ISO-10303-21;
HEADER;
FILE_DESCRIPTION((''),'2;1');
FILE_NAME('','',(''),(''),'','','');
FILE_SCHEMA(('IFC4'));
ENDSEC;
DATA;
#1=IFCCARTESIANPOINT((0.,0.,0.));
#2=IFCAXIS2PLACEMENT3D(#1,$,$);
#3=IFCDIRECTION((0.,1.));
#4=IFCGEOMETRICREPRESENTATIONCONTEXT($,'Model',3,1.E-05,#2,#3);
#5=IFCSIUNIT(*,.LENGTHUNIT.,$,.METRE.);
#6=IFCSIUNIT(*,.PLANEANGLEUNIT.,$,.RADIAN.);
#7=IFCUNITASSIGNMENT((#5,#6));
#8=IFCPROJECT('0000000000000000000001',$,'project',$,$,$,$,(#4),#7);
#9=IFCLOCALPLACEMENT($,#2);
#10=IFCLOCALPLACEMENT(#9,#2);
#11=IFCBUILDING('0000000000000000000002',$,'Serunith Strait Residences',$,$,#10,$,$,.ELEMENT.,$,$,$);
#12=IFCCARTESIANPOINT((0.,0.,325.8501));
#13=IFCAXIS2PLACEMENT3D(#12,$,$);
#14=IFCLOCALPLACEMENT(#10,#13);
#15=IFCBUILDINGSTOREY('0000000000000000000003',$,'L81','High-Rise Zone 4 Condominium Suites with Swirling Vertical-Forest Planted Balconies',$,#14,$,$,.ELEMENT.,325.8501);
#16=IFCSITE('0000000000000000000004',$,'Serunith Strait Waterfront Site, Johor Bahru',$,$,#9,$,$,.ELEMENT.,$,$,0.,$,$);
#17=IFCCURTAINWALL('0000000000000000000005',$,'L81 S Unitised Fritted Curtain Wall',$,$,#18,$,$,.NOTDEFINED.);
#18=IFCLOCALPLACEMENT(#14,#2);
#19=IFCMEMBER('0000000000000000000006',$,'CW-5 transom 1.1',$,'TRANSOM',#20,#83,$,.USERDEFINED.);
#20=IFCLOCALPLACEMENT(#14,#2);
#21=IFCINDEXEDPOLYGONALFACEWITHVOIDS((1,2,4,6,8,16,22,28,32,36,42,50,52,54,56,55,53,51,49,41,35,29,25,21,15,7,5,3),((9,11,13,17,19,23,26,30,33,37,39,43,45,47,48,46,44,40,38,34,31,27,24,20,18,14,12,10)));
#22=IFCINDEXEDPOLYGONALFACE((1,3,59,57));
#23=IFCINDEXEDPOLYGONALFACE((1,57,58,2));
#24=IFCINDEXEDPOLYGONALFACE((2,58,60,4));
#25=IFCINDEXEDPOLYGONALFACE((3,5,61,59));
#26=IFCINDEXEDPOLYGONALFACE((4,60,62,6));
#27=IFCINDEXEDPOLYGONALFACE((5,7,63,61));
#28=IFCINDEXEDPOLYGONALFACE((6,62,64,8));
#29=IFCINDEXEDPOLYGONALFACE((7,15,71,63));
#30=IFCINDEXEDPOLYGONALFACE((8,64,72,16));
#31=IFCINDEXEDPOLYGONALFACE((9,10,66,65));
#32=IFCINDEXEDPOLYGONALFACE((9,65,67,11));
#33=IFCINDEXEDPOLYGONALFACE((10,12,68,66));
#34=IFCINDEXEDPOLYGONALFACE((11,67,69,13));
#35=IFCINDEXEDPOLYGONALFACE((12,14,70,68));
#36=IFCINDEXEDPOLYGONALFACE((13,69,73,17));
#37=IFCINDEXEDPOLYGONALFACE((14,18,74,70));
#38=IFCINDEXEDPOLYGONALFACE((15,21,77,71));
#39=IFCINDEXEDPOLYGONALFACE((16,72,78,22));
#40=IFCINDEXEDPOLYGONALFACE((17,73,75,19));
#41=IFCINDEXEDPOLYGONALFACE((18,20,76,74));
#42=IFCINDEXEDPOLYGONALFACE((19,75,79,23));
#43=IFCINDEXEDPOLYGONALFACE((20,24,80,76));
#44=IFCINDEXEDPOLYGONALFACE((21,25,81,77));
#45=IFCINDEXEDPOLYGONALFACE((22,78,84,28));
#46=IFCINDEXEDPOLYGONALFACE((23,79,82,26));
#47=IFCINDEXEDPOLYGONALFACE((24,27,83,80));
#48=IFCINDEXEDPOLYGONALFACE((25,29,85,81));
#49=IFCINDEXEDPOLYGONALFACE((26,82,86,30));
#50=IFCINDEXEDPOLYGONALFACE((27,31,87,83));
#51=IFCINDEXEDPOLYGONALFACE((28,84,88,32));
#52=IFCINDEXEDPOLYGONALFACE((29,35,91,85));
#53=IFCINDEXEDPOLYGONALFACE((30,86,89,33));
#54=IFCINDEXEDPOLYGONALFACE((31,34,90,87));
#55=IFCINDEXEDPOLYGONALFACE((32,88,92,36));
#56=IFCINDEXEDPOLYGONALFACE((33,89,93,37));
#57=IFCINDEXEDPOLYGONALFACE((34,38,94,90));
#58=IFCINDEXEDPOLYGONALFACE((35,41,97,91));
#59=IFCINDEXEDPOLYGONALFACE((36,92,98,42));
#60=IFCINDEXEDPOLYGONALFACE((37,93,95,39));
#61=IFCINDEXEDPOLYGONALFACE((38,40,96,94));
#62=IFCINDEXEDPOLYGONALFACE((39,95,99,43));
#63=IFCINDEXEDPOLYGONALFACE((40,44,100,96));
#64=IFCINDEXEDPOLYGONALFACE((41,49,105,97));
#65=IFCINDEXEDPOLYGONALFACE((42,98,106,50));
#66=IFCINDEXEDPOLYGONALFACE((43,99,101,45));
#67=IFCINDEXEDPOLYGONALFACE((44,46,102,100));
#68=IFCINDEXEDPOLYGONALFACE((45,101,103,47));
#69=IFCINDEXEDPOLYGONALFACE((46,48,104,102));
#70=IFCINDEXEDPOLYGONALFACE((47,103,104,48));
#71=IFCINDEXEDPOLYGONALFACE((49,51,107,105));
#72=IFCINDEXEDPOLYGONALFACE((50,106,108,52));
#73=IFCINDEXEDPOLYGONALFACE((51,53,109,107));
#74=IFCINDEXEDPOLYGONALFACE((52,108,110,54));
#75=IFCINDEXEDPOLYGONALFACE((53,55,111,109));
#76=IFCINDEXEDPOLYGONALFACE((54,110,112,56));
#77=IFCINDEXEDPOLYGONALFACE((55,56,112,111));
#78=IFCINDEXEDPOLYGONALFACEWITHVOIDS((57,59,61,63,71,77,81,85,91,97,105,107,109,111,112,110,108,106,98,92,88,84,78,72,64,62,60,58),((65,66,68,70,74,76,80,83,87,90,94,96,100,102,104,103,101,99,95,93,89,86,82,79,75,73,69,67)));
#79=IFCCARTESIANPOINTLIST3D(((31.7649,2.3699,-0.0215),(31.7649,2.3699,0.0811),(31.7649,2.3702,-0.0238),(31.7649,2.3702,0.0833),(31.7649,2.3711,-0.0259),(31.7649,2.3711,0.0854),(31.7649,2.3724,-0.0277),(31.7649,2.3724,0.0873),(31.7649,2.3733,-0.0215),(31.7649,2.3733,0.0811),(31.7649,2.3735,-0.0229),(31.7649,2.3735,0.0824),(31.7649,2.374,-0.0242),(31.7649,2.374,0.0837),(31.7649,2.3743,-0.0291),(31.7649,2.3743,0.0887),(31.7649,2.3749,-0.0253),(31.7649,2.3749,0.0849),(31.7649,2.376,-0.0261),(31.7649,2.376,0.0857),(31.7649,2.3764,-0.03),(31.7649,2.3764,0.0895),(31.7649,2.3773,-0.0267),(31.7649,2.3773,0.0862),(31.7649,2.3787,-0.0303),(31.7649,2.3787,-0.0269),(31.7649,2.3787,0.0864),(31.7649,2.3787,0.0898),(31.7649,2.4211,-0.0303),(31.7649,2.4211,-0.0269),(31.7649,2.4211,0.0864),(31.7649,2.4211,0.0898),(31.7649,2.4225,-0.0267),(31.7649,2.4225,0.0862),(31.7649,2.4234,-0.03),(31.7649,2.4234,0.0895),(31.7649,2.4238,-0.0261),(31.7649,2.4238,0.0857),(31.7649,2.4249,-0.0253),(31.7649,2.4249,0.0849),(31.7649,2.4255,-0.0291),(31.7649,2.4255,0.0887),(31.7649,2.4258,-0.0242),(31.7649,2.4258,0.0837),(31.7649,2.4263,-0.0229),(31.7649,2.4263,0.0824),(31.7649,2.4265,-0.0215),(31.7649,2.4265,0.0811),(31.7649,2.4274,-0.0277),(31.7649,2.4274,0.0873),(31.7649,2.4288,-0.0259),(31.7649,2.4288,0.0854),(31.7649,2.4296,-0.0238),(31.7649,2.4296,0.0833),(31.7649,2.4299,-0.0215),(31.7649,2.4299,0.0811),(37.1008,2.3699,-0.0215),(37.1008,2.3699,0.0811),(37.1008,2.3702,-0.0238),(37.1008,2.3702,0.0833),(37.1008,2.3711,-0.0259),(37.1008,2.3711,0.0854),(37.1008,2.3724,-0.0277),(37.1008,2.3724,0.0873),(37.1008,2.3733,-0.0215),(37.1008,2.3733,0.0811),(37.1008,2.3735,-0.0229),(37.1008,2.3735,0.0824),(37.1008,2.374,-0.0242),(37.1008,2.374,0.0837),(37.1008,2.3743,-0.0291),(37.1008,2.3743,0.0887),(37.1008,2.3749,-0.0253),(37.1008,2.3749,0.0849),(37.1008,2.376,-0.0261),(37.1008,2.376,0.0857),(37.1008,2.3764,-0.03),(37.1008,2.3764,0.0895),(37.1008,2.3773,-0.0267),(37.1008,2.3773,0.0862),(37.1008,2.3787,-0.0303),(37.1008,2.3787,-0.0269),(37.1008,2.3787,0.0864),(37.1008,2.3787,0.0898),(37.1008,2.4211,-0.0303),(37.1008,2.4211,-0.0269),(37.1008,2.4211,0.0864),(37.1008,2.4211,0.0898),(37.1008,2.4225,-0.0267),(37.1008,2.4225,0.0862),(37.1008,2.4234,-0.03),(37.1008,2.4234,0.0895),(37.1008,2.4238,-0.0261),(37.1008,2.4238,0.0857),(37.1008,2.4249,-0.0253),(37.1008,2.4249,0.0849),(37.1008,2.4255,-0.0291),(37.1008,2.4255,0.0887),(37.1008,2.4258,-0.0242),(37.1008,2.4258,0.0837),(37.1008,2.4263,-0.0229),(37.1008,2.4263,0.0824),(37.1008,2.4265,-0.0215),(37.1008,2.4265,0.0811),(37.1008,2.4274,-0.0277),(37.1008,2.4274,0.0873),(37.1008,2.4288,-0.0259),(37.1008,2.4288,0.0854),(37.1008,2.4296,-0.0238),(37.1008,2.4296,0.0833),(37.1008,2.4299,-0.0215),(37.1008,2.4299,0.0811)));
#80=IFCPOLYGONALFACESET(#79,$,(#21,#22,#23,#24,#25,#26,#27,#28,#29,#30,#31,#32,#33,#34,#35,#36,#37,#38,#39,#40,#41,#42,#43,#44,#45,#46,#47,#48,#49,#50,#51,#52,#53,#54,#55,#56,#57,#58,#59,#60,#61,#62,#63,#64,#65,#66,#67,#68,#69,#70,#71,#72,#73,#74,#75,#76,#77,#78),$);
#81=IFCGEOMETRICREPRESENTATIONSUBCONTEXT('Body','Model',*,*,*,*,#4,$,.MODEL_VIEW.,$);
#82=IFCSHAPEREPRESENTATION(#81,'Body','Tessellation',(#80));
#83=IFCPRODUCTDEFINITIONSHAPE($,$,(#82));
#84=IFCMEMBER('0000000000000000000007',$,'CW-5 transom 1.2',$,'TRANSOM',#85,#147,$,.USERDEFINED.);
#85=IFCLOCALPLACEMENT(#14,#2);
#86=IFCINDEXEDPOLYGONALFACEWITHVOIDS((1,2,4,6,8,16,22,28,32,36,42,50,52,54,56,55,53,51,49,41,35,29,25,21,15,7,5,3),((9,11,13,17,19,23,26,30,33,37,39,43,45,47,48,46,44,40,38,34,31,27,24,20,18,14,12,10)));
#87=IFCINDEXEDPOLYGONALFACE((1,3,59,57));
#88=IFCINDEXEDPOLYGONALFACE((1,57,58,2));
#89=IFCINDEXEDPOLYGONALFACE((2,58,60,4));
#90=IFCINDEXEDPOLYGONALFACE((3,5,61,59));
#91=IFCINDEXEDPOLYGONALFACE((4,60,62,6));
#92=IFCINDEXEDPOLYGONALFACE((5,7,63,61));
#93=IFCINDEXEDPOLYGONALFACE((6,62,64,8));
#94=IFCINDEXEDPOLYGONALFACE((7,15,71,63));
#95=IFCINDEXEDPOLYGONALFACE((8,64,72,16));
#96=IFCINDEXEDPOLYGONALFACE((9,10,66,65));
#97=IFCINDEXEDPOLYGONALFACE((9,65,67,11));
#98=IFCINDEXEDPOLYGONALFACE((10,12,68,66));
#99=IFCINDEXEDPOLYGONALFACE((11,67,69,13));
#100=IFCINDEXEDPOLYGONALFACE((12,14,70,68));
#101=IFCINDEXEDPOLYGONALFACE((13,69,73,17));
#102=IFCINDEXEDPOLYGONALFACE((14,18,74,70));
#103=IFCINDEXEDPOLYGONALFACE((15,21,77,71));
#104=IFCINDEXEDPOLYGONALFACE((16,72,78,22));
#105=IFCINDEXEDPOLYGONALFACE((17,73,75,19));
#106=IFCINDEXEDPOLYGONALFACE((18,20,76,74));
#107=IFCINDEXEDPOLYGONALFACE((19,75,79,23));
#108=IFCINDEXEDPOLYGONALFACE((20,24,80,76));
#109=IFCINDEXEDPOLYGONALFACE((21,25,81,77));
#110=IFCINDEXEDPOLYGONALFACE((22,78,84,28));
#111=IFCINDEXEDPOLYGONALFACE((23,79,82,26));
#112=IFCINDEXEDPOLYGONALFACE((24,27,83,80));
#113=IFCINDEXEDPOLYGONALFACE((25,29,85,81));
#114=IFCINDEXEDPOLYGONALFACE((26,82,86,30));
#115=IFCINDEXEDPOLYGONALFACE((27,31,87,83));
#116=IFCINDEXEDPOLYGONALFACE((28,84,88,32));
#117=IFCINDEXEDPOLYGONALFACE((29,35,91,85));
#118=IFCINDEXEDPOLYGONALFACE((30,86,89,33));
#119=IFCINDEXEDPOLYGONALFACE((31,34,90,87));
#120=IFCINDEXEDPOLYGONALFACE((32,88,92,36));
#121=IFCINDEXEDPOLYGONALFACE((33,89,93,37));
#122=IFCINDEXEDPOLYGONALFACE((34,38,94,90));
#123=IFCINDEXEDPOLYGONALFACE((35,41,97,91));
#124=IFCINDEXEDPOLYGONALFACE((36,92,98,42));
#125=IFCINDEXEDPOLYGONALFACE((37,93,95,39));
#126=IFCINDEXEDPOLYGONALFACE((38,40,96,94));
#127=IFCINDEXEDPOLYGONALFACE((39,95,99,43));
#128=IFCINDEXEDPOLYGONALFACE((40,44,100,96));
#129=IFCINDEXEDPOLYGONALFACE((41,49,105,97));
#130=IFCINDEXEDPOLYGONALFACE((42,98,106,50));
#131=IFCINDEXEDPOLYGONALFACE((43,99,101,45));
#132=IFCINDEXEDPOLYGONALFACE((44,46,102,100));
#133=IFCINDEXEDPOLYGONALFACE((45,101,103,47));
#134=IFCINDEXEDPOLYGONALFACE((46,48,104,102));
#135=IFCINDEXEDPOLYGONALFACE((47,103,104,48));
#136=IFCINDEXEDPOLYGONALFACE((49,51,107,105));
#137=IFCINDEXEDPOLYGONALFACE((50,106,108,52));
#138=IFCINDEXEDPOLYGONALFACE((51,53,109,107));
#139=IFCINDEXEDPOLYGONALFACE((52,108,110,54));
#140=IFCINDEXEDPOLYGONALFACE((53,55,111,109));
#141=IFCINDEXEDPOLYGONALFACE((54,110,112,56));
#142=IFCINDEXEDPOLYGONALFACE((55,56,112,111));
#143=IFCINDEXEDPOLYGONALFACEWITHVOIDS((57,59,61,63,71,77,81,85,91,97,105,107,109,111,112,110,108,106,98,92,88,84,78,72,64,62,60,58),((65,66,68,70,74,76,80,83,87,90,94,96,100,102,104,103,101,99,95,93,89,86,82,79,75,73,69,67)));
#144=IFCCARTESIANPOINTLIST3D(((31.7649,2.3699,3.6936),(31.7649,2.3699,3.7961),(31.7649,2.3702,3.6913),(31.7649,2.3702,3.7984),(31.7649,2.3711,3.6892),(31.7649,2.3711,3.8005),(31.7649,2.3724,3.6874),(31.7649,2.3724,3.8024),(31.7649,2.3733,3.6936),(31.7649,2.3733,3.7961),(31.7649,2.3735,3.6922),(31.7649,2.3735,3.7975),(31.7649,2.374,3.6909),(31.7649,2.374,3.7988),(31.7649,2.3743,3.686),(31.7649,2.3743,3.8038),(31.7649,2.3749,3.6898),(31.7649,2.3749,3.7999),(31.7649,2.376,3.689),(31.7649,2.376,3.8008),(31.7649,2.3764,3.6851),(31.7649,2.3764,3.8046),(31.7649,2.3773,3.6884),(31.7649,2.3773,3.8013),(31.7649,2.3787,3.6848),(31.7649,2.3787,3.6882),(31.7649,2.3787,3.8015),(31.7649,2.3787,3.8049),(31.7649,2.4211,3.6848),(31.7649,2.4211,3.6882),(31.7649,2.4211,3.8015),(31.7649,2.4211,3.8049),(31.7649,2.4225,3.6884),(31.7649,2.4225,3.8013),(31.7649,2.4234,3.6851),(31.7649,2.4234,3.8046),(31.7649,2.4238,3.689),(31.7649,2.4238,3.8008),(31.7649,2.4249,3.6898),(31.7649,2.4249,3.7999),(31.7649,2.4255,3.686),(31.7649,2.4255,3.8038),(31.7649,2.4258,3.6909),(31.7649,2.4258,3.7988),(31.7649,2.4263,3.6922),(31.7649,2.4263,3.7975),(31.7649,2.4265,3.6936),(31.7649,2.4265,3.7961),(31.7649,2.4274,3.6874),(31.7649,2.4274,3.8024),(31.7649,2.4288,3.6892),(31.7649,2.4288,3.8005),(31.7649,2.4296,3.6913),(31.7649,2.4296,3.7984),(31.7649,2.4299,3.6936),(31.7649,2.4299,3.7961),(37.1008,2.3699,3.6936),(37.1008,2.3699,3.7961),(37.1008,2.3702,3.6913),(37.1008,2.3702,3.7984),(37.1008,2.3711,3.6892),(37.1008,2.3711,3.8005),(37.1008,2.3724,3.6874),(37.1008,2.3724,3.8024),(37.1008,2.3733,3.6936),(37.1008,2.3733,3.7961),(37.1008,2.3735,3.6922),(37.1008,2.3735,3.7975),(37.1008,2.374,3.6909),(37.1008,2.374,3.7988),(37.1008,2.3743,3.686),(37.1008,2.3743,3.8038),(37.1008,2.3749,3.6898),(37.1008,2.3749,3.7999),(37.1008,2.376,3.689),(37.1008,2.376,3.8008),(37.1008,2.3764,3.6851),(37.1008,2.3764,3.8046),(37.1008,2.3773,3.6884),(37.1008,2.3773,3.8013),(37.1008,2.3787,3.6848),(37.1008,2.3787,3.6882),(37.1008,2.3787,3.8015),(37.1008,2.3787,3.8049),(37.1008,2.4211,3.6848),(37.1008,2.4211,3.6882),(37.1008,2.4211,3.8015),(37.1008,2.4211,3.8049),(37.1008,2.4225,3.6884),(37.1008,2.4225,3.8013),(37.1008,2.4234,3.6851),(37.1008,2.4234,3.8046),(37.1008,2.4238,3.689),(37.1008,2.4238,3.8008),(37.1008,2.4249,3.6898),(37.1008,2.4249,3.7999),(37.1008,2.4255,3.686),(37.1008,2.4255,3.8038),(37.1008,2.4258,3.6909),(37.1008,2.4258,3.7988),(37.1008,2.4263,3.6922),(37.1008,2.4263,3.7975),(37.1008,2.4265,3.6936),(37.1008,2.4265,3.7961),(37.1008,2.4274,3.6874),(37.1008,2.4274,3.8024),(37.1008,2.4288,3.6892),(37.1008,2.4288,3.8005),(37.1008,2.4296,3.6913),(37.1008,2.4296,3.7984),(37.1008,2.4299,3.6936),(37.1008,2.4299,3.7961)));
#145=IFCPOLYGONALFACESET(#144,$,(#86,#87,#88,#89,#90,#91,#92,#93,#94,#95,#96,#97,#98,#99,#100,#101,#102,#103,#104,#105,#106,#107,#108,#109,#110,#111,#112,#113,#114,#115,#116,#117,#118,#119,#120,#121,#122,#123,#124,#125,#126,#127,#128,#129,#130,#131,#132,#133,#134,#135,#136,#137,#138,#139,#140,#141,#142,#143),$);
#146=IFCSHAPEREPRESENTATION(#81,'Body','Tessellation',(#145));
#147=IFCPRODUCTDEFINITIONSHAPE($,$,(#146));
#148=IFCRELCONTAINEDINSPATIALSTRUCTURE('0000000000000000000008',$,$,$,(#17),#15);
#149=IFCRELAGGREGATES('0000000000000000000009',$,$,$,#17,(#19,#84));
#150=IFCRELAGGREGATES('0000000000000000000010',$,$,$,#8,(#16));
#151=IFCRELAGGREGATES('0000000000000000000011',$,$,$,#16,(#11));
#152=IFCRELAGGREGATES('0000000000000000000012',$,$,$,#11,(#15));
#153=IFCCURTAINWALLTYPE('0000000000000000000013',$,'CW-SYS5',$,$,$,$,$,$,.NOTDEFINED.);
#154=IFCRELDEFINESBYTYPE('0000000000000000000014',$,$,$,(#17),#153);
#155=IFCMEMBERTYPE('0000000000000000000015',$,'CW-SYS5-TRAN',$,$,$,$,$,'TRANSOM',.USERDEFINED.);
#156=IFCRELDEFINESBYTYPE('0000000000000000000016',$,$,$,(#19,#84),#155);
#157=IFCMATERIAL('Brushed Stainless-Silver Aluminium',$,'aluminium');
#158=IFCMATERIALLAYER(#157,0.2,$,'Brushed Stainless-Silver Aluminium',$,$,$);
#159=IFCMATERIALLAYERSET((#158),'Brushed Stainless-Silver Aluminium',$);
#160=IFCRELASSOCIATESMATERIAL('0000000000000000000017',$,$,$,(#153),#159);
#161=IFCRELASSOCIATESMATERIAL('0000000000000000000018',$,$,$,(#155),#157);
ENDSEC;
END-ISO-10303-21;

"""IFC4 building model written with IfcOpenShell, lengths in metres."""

from ifc_helpers import new_model, si_unit, direction, frame, origin, origin_2d, place, context, subcontext, project, spatial, hollow_rectangle, extrude, source, transform, mapped, material, layer, layer_set, material_profile, profile_set, type_object, element, aggregate, save


model = new_model("IFC4")

# Units and contexts
model_context = context("Model", 3, precision=1e-05, world=origin(), true_north=direction((0.0, 1.0)))
body_context = subcontext(model_context, "Body", "Model", "MODEL_VIEW")
ifc_project = project(units=[si_unit("LENGTHUNIT", "METRE"), si_unit("PLANEANGLEUNIT", "RADIAN")], contexts=[model_context])

# Site, building, storey
site_placement = place(None, origin())
site = spatial("IfcSite", under=ifc_project, at=site_placement, Name="Serunith Strait Waterfront Site, Johor Bahru", CompositionType="ELEMENT", RefElevation=0.0)
building_placement = place(site_placement, origin())
building = spatial("IfcBuilding", under=site, at=building_placement, Name="Serunith Strait Residences", CompositionType="ELEMENT")
storey_placement = place(building_placement, frame((0.0, 0.0, 325.8501)))
storey = spatial("IfcBuildingStorey", under=building, at=storey_placement, Name="L81", Description="High-Rise Zone 4 Condominium Suites with Swirling Vertical-Forest Planted Balconies", CompositionType="ELEMENT", Elevation=325.8501)

# Curtain wall, members
ifc_material_1 = material(Name="Brushed Stainless-Silver Aluminium", Category="aluminium")
ifc_layer_1 = layer(ifc_material_1, 0.2, Name="Brushed Stainless-Silver Aluminium")
ifc_layer_set_1 = layer_set([ifc_layer_1], Name="Brushed Stainless-Silver Aluminium")
curtain_wall_type = type_object("IfcCurtainWallType", Name="CW-SYS5", PredefinedType="NOTDEFINED", material=ifc_layer_set_1)
curtain_wall_placement = place(storey_placement, origin())
curtain_wall = element("IfcCurtainWall", 1, at=curtain_wall_placement, inside=storey, type_object=curtain_wall_type, Name="L81 S Unitised Fritted Curtain Wall", PredefinedType="NOTDEFINED")
ifc_material_profile_1 = material_profile(ifc_material_1, hollow_rectangle(XDim=0.0601, YDim=0.1201, WallThickness=0.0034, InnerFilletRadius=0.0054, OuterFilletRadius=0.0088, at=origin_2d()), Name="ALU 120x60x3.5")
ifc_profile_set_1 = profile_set([ifc_material_profile_1], Name="Brushed Stainless-Silver Aluminium")
member_type_1 = type_object("IfcMemberType", Name="CW-SYS5-TRAN", ElementType="TRANSOM", PredefinedType="USERDEFINED", material=ifc_profile_set_1)
shared_shape_1 = source(origin(), body_context, "Body", "SweptSolid", [
    extrude(hollow_rectangle(XDim=0.0601, YDim=0.1201, WallThickness=0.0034, InnerFilletRadius=0.0054, OuterFilletRadius=0.0088, at=origin_2d()), origin(), (0.0, 0.0, 1.0), 5.3359),
])
member_1_placement = place(storey_placement, frame((31.7649, 2.3999, 0.0298), z_axis=(1.0, 0.0, 0.0), x_axis=(0.0, 1.0, 0.0)))
member_1 = element("IfcMember", 2, at=member_1_placement, type_object=member_type_1, Name="CW-5 transom 1.1", ObjectType="TRANSOM", PredefinedType="USERDEFINED", context=body_context, shape_type="MappedRepresentation", body=[
    mapped(shared_shape_1, transform((0.0, 0.0, 0.0), scale=1.0)),
])
member_2_placement = place(storey_placement, frame((31.7649, 2.3999, 3.7449), z_axis=(1.0, 0.0, 0.0), x_axis=(0.0, 1.0, 0.0)))
member_2 = element("IfcMember", 3, at=member_2_placement, type_object=member_type_1, Name="CW-5 transom 1.2", ObjectType="TRANSOM", PredefinedType="USERDEFINED", context=body_context, shape_type="MappedRepresentation", body=[
    mapped(shared_shape_1, transform((0.0, 0.0, 0.0), scale=1.0)),
])
aggregate(curtain_wall, [member_1, member_2])

save(model, "model.ifc")
